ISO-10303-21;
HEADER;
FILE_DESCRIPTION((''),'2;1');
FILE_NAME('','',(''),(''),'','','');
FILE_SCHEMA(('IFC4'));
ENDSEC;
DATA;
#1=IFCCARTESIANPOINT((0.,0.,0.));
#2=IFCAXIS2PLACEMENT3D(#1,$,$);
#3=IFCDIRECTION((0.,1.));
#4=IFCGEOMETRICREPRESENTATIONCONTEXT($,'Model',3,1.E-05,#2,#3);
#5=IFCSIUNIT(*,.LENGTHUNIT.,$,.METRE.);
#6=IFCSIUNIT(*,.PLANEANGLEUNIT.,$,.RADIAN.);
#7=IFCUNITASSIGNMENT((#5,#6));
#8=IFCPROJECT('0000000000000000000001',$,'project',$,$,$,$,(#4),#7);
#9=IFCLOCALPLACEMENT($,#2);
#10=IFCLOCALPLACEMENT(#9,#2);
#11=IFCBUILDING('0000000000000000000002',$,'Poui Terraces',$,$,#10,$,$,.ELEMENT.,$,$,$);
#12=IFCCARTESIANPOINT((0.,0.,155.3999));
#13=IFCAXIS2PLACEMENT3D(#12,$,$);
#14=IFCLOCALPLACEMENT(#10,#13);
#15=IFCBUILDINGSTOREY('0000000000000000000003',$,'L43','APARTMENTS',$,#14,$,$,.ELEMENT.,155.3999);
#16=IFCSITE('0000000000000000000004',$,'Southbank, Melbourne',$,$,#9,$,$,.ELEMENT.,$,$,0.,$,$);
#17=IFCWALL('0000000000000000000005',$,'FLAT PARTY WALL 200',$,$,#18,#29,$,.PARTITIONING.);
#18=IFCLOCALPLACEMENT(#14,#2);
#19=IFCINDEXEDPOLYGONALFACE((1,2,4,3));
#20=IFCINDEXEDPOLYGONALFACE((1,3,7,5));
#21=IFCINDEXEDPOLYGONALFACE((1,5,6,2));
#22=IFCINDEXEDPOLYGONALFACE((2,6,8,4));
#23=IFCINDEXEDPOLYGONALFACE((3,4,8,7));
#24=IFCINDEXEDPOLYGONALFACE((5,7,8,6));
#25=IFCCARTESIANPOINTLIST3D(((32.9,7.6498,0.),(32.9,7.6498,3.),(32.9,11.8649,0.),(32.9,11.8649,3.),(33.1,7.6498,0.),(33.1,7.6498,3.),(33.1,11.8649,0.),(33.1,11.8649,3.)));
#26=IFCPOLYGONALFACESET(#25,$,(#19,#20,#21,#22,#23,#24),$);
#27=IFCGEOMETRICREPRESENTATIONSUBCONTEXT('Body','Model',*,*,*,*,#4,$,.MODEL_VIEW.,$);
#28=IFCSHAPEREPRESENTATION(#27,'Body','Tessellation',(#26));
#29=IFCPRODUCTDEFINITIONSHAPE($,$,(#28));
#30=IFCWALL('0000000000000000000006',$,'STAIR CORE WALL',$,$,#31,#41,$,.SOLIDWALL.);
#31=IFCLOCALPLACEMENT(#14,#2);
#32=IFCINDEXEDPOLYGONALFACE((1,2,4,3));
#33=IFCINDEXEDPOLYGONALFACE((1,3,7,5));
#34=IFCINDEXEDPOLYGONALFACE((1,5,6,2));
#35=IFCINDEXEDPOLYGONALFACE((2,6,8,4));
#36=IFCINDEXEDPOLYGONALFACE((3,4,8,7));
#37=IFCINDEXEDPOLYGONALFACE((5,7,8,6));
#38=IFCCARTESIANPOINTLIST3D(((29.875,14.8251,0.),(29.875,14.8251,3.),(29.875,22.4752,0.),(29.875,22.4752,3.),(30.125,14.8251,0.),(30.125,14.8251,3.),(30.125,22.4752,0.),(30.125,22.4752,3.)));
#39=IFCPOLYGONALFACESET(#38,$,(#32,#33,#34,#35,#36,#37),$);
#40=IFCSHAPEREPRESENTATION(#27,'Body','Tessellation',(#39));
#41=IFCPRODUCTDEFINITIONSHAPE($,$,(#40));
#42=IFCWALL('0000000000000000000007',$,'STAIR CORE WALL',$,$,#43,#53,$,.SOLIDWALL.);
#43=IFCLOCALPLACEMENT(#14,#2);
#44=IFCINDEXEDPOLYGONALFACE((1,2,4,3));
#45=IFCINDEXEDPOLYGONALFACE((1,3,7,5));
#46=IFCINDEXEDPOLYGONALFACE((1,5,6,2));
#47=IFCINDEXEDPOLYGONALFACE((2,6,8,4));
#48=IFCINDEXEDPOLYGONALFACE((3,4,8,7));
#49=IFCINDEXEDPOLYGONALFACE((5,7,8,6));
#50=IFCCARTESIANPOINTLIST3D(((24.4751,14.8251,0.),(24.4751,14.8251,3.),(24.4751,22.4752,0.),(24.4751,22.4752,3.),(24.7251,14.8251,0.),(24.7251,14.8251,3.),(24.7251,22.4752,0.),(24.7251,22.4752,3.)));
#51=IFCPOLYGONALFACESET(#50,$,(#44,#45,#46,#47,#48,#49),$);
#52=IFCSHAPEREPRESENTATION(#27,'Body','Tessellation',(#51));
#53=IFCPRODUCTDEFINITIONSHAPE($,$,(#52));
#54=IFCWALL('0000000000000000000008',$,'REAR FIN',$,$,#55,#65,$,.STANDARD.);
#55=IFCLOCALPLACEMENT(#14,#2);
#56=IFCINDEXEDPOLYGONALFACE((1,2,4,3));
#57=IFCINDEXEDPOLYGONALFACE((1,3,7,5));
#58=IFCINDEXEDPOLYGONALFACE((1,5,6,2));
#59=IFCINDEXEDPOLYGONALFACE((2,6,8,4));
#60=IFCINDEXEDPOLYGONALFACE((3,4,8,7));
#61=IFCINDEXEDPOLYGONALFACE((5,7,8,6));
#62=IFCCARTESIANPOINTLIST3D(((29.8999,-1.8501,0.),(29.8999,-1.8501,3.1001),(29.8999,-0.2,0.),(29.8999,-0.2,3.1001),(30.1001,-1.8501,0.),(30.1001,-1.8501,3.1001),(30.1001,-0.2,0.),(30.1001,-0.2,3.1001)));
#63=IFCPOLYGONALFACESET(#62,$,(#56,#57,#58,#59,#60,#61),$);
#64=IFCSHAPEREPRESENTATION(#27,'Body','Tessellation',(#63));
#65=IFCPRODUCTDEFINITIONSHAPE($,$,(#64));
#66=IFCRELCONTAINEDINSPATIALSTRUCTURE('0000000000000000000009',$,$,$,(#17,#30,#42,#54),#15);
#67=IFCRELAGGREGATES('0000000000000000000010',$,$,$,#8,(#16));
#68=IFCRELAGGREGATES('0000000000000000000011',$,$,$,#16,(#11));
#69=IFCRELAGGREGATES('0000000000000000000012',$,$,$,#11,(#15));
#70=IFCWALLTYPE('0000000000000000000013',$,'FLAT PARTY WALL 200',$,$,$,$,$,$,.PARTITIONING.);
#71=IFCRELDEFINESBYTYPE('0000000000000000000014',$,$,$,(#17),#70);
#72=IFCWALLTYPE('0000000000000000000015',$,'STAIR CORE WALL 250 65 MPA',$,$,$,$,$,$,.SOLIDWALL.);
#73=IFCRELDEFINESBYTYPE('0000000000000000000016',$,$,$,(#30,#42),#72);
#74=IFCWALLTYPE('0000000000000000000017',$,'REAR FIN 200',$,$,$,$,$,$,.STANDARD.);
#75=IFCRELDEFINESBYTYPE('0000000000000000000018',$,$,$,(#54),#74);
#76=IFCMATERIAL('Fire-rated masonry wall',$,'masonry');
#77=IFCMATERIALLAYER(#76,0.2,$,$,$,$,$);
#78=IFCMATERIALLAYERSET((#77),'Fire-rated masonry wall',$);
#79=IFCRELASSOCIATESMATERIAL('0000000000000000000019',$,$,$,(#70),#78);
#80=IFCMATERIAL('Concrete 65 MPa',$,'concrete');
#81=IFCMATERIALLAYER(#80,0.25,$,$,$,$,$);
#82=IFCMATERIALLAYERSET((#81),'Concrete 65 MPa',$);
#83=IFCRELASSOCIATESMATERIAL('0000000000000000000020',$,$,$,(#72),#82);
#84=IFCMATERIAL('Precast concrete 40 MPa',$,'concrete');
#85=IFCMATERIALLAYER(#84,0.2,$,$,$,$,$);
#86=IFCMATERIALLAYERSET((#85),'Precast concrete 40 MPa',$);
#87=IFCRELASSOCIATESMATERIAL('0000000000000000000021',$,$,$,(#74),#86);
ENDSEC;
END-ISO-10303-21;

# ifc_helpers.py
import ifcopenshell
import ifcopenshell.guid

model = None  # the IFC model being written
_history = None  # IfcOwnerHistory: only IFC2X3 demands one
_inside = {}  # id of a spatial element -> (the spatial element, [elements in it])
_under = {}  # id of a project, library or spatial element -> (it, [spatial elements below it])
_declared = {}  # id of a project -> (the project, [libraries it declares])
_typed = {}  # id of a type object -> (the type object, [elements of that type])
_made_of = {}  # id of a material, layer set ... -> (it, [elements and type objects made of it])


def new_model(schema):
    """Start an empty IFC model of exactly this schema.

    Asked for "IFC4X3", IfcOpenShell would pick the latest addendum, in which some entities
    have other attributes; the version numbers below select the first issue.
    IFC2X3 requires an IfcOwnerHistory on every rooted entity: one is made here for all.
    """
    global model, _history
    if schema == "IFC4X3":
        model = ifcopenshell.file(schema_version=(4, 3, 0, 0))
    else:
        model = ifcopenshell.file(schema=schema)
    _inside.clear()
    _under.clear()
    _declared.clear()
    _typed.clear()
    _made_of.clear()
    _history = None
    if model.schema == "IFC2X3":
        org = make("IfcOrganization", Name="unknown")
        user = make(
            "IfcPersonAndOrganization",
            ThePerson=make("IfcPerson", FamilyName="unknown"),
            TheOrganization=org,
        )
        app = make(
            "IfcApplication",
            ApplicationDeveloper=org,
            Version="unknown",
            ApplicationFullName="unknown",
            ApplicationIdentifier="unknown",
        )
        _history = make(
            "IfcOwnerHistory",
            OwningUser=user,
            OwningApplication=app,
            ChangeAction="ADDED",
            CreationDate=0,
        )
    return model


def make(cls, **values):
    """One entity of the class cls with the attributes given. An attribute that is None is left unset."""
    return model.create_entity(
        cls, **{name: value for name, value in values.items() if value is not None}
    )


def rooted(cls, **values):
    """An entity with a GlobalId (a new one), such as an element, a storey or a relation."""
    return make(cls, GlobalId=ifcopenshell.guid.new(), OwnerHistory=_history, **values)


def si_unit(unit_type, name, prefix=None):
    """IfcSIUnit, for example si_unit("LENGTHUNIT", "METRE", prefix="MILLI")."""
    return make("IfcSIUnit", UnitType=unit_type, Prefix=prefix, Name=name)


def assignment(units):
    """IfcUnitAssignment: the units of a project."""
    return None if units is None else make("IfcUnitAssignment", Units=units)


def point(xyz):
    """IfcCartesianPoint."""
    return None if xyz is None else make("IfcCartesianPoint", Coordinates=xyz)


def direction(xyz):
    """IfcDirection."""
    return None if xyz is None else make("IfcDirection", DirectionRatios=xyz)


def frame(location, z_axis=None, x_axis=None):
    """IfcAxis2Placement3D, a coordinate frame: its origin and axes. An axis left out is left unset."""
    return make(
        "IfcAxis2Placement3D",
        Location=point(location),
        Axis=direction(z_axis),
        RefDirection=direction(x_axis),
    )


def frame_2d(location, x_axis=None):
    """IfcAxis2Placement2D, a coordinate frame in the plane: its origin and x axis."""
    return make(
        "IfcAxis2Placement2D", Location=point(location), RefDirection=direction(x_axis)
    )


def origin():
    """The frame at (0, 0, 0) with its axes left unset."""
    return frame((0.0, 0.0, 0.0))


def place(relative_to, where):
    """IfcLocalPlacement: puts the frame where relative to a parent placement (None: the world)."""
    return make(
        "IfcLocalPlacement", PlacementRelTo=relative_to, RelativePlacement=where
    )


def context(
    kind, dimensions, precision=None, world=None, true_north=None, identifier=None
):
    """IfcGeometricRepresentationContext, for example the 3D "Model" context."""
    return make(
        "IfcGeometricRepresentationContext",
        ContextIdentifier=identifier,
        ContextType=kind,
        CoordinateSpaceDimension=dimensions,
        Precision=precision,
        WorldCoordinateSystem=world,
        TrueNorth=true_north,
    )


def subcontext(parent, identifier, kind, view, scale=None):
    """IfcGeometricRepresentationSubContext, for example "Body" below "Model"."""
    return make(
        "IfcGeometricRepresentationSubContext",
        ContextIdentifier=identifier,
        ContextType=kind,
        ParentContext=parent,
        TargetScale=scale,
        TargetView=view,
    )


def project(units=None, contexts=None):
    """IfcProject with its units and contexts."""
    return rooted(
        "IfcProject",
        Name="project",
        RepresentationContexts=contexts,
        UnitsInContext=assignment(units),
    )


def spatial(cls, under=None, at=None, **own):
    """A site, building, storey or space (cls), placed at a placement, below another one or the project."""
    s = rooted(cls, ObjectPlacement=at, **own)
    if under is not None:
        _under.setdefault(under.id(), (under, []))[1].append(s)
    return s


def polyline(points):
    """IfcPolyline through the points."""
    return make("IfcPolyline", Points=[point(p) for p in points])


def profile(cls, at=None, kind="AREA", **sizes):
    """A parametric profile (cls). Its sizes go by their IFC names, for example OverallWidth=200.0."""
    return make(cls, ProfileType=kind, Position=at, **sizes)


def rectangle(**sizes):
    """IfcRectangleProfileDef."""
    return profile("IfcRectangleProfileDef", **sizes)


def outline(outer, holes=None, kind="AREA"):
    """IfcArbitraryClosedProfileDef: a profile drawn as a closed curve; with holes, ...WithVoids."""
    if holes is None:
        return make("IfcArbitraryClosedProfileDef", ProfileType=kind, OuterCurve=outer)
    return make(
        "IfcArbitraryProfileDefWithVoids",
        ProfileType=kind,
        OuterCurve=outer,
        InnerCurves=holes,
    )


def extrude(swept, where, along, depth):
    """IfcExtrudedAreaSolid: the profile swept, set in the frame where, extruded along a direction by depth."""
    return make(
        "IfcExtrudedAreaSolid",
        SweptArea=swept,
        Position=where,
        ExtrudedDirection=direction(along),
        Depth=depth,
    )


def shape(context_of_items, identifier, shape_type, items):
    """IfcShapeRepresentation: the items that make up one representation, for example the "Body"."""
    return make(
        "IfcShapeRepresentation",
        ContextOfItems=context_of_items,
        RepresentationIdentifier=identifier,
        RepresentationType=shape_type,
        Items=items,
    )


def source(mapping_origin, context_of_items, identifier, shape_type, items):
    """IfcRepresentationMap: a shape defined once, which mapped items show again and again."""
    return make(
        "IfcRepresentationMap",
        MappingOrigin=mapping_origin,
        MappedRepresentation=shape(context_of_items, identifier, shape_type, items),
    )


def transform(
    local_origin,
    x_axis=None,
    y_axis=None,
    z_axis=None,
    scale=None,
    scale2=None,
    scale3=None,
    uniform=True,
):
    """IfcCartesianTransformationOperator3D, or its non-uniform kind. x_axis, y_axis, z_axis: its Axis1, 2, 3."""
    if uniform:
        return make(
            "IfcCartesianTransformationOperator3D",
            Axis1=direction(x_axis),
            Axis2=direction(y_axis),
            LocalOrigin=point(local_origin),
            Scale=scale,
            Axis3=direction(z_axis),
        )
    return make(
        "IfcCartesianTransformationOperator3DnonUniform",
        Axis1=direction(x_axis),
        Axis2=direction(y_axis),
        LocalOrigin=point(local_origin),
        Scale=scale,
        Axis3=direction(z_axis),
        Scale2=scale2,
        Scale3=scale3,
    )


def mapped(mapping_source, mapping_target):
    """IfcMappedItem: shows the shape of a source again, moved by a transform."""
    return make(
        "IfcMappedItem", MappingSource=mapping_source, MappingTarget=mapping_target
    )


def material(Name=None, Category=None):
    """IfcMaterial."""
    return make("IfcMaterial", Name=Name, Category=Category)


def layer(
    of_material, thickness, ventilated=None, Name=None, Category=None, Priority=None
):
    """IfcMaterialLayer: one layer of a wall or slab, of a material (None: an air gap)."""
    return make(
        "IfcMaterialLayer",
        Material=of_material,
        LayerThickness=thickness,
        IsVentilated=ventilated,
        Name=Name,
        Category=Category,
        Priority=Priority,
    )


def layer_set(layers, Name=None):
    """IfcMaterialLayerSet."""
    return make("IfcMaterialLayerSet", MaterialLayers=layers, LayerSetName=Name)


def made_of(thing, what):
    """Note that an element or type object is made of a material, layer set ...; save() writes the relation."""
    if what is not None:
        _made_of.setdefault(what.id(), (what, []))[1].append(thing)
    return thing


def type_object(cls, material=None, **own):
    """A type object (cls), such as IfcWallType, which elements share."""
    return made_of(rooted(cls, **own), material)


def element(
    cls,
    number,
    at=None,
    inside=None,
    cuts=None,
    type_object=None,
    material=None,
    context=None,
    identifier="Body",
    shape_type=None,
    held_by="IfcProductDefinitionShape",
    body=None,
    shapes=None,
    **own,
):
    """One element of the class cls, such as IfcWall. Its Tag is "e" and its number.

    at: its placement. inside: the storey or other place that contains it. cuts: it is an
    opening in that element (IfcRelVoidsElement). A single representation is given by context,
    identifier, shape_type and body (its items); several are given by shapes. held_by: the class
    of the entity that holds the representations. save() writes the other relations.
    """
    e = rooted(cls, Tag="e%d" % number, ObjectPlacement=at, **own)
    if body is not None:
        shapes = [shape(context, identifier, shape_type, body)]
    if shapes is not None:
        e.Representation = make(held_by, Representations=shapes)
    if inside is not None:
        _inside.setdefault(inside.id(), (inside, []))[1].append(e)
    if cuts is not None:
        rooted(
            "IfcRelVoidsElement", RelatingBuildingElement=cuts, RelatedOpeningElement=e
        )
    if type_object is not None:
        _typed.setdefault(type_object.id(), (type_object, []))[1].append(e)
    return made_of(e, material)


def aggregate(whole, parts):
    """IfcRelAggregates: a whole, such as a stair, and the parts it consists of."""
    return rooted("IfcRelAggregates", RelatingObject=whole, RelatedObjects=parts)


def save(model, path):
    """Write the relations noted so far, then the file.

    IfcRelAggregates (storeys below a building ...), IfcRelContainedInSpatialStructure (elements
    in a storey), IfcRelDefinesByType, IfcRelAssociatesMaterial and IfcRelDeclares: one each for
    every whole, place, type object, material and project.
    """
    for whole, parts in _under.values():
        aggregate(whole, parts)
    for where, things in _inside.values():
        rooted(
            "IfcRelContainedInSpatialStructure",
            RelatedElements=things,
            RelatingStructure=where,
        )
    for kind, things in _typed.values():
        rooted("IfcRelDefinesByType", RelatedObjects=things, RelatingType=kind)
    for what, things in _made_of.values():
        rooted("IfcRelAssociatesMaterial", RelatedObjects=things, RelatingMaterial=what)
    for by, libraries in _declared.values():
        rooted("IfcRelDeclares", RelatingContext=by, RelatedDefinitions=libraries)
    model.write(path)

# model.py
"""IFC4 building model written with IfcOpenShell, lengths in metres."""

from ifc_helpers import new_model, si_unit, direction, frame, frame_2d, origin, place, context, subcontext, project, spatial, polyline, rectangle, outline, extrude, source, transform, mapped, material, layer, layer_set, type_object, element, save


model = new_model("IFC4")

# Units and contexts
model_context = context("Model", 3, precision=1e-05, world=origin(), true_north=direction((0.0, 1.0)))
body_context = subcontext(model_context, "Body", "Model", "MODEL_VIEW")
ifc_project = project(units=[si_unit("LENGTHUNIT", "METRE"), si_unit("PLANEANGLEUNIT", "RADIAN")], contexts=[model_context])

# Site, building, storey
site_placement = place(None, origin())
site = spatial("IfcSite", under=ifc_project, at=site_placement, Name="Southbank, Melbourne", CompositionType="ELEMENT", RefElevation=0.0)
building_placement = place(site_placement, origin())
building = spatial("IfcBuilding", under=site, at=building_placement, Name="Poui Terraces", CompositionType="ELEMENT")
storey_placement = place(building_placement, frame((0.0, 0.0, 155.3999)))
storey = spatial("IfcBuildingStorey", under=building, at=storey_placement, Name="L43", Description="APARTMENTS", CompositionType="ELEMENT", Elevation=155.3999)

# Shared definitions
ifc_material_1 = material(Name="Concrete 65 MPa", Category="concrete")

# Shared definitions
ifc_material_2 = material(Name="Precast concrete 40 MPa", Category="concrete")

# Walls
ifc_material_3 = material(Name="Fire-rated masonry wall", Category="masonry")
ifc_layer_1 = layer(ifc_material_3, 0.2)
ifc_layer_set_1 = layer_set([ifc_layer_1], Name="Fire-rated masonry wall")
wall_type_1 = type_object("IfcWallType", Name="FLAT PARTY WALL 200", PredefinedType="PARTITIONING", material=ifc_layer_set_1)
wall_1_placement = place(storey_placement, frame((33.0, 7.6499, 0.0), z_axis=(0.0, 0.0, 1.0), x_axis=(0.0, 1.0, 0.0)))
element("IfcWall", 1, at=wall_1_placement, inside=storey, type_object=wall_type_1, Name="FLAT PARTY WALL 200", PredefinedType="PARTITIONING", context=body_context, shape_type="SweptSolid", body=[
    extrude(rectangle(XDim=4.2151, YDim=0.2, at=frame_2d((2.1074, 0.0))), origin(), (0.0, 0.0, 1.0), 3.0),
])
ifc_layer_2 = layer(ifc_material_1, 0.25)
ifc_layer_set_2 = layer_set([ifc_layer_2], Name="Concrete 65 MPa")
wall_type_2 = type_object("IfcWallType", Name="STAIR CORE WALL 250 65 MPA", PredefinedType="SOLIDWALL", material=ifc_layer_set_2)
for number, where, z_axis, x_axis, name in (
    (2, (30.0, 14.825, 0.0), (0.0, 0.0, 1.0), (0.0, 1.0, 0.0), "STAIR CORE WALL"),
    (3, (24.6001, 14.825, 0.0), (0.0, 0.0, 1.0), (0.0, 1.0, 0.0), "STAIR CORE WALL"),
):
    element("IfcWall", number, at=place(storey_placement, frame(where, z_axis=z_axis, x_axis=x_axis)), inside=storey, type_object=wall_type_2, Name=name, PredefinedType="SOLIDWALL", context=body_context, shape_type="SweptSolid", body=[
        extrude(rectangle(XDim=7.6501, YDim=0.25, at=frame_2d((3.8252, 0.0))), origin(), (0.0, 0.0, 1.0), 3.0),
    ])
ifc_layer_3 = layer(ifc_material_2, 0.2)
ifc_layer_set_3 = layer_set([ifc_layer_3], Name="Precast concrete 40 MPa")
wall_type_3 = type_object("IfcWallType", Name="REAR FIN 200", PredefinedType="STANDARD", material=ifc_layer_set_3)
shared_shape_1 = source(origin(), body_context, "Body", "SweptSolid", [
    extrude(outline(polyline([(0.0, 0.0), (0.2002, 0.0), (0.2002, 1.6501), (0.0, 1.6501), (0.0, 0.0)])), origin(), (0.0, 0.0, 1.0), 3.1001),
])
wall_2_placement = place(storey_placement, frame((29.8999, -1.8501, 0.0)))
element("IfcWall", 4, at=wall_2_placement, inside=storey, type_object=wall_type_3, Name="REAR FIN", PredefinedType="STANDARD", context=body_context, shape_type="MappedRepresentation", body=[
    mapped(shared_shape_1, transform((0.0, 0.0, 0.0))),
])

save(model, "model.ifc")
